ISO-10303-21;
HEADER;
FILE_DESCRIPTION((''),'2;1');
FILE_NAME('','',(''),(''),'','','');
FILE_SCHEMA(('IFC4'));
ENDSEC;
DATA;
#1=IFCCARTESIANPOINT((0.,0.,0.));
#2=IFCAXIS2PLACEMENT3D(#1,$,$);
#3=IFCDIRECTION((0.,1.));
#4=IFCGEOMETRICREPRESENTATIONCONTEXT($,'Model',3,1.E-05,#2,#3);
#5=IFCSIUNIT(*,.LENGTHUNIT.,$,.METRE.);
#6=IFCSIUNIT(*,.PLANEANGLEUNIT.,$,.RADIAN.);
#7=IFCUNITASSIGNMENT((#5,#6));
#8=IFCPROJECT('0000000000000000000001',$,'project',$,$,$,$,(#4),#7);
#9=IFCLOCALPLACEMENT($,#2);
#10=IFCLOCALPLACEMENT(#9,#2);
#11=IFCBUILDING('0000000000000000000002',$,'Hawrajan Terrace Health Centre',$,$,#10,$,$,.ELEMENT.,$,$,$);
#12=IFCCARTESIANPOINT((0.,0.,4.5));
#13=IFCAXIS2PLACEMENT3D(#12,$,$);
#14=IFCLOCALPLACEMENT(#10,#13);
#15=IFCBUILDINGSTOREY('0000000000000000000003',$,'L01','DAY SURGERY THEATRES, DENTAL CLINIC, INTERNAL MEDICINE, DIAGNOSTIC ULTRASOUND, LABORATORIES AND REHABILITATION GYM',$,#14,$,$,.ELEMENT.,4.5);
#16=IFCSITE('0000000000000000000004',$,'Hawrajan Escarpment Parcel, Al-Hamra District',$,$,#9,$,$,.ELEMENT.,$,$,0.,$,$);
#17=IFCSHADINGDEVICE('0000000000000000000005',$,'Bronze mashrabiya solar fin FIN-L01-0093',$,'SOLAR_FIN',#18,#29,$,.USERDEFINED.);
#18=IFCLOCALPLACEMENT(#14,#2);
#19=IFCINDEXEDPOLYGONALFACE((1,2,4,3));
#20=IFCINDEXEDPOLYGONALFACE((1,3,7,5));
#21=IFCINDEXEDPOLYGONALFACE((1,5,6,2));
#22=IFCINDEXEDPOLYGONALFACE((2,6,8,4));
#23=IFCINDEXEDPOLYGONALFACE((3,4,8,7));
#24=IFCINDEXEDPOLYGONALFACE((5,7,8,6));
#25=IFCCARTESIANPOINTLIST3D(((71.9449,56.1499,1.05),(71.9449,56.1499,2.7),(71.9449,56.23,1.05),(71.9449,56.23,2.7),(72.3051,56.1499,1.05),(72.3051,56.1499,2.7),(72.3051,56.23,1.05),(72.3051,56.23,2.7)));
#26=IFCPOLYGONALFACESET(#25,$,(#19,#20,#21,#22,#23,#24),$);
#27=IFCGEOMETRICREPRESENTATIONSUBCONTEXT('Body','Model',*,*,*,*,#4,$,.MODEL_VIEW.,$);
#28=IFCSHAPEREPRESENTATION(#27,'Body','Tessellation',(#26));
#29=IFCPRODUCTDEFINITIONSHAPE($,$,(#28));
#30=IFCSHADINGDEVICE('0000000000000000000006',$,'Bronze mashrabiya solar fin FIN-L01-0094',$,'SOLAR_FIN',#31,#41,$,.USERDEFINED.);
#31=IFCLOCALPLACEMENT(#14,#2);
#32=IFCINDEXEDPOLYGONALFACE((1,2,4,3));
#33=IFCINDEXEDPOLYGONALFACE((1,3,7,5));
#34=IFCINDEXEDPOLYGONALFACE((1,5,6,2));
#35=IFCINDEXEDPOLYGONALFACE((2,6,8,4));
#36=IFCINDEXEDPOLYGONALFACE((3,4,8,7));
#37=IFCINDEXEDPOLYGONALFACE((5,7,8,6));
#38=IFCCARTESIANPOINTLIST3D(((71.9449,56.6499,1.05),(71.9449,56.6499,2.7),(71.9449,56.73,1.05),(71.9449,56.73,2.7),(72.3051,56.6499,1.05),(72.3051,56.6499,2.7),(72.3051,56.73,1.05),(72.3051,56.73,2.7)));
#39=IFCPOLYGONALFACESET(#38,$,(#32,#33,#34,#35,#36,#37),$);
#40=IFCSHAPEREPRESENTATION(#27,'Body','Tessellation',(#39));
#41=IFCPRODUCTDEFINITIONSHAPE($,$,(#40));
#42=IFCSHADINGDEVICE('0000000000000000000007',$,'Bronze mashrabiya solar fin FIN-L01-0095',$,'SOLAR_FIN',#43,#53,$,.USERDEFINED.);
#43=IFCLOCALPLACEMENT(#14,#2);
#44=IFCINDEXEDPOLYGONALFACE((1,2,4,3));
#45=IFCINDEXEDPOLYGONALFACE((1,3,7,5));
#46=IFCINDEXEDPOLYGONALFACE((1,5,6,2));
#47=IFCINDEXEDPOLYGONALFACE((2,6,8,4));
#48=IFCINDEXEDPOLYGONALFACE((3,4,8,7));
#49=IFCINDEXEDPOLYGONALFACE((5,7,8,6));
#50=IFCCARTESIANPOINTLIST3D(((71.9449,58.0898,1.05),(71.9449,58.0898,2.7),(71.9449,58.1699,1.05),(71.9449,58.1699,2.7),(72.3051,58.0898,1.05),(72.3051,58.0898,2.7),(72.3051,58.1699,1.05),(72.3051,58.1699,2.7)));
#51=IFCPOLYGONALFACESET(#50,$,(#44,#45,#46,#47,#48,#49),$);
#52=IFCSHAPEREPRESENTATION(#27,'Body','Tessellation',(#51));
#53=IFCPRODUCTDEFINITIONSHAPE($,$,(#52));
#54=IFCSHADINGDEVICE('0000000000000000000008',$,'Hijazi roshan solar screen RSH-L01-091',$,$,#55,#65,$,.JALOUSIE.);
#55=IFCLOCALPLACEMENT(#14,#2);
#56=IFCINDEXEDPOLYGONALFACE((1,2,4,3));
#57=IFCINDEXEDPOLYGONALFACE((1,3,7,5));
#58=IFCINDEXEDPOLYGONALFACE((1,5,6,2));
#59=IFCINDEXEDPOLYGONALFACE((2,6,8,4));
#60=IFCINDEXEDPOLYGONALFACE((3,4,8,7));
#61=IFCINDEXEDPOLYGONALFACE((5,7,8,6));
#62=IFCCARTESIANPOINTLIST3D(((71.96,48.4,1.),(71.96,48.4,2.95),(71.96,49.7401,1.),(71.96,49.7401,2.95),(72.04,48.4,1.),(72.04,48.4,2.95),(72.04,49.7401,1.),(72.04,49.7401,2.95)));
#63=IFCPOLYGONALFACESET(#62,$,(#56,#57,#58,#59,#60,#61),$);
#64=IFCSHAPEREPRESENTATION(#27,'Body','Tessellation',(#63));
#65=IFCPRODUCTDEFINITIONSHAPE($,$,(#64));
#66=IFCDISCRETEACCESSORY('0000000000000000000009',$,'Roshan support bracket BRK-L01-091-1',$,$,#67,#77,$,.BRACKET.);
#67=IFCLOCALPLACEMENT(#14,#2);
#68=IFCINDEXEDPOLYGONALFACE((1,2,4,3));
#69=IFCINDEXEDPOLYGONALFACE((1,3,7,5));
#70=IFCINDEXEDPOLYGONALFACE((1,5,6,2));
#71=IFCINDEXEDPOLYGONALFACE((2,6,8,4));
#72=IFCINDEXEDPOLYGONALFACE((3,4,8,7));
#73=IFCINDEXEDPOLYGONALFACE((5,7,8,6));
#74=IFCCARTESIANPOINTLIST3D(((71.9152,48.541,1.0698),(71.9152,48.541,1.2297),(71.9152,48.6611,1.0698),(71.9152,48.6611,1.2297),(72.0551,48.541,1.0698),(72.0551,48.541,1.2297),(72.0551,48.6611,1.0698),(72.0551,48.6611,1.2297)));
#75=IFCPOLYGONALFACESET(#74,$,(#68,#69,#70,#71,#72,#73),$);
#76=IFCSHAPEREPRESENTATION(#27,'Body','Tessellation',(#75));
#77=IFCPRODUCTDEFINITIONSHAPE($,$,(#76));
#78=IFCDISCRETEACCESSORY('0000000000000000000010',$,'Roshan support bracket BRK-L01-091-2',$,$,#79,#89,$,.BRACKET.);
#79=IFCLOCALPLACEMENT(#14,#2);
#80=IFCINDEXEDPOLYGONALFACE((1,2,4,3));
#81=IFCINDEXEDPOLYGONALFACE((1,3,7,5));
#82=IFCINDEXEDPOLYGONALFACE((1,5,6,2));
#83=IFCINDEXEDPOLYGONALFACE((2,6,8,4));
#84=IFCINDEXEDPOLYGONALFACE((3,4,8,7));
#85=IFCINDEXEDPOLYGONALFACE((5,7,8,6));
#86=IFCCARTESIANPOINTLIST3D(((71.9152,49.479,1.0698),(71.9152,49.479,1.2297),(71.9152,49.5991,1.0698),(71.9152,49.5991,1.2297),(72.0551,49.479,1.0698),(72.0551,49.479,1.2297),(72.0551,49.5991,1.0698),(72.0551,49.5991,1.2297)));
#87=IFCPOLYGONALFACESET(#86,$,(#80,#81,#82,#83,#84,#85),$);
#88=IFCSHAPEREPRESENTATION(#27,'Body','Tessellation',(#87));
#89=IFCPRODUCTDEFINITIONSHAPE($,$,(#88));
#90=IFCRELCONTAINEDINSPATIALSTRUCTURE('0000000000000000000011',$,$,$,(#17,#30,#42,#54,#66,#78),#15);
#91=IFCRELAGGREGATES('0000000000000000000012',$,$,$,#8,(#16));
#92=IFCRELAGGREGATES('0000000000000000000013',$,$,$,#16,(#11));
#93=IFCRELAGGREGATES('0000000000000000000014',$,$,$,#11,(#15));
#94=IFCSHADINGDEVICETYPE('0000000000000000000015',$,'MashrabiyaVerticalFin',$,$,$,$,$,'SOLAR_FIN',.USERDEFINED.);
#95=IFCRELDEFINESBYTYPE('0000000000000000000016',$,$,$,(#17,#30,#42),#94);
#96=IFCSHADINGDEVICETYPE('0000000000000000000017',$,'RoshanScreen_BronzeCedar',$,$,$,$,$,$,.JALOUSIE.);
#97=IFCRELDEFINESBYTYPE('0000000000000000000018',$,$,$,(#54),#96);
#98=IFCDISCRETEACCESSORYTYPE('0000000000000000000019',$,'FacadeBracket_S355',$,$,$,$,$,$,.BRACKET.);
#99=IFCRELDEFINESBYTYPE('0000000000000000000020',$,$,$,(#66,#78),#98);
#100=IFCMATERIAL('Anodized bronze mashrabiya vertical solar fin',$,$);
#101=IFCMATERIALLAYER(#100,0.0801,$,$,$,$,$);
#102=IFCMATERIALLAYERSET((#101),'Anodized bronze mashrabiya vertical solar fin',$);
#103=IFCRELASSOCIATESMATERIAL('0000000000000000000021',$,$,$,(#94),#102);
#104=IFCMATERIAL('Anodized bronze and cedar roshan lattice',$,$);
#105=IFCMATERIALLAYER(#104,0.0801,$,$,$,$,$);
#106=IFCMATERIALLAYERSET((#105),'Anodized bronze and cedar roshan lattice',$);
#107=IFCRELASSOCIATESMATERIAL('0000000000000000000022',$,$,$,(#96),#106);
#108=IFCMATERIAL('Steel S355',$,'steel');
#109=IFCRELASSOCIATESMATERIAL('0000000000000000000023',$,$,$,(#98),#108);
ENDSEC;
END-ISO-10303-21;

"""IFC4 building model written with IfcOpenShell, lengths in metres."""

from ifc_helpers import new_model, si_unit, direction, frame, origin, origin_2d, place, context, subcontext, project, spatial, rectangle, extrude, material, layer, layer_set, type_object, element, save


model = new_model("IFC4")

# Units and contexts
model_context = context("Model", 3, precision=1e-05, world=origin(), true_north=direction((0.0, 1.0)))
body_context = subcontext(model_context, "Body", "Model", "MODEL_VIEW")
ifc_project = project(units=[si_unit("LENGTHUNIT", "METRE"), si_unit("PLANEANGLEUNIT", "RADIAN")], contexts=[model_context])

# Site, building, storey
site_placement = place(None, origin())
site = spatial("IfcSite", under=ifc_project, at=site_placement, Name="Hawrajan Escarpment Parcel, Al-Hamra District", CompositionType="ELEMENT", RefElevation=0.0)
building_placement = place(site_placement, origin())
building = spatial("IfcBuilding", under=site, at=building_placement, Name="Hawrajan Terrace Health Centre", CompositionType="ELEMENT")
storey_placement = place(building_placement, frame((0.0, 0.0, 4.5)))
storey = spatial("IfcBuildingStorey", under=building, at=storey_placement, Name="L01", Description="DAY SURGERY THEATRES, DENTAL CLINIC, INTERNAL MEDICINE, DIAGNOSTIC ULTRASOUND, LABORATORIES AND REHABILITATION GYM", CompositionType="ELEMENT", Elevation=4.5)

# Shading devices
ifc_material_1 = material(Name="Anodized bronze mashrabiya vertical solar fin")
ifc_layer_1 = layer(ifc_material_1, 0.0801)
ifc_layer_set_1 = layer_set([ifc_layer_1], Name="Anodized bronze mashrabiya vertical solar fin")
shading_device_type_1 = type_object("IfcShadingDeviceType", Name="MashrabiyaVerticalFin", ElementType="SOLAR_FIN", PredefinedType="USERDEFINED", material=ifc_layer_set_1)
for number, where, z_axis, x_axis, name in (
    (1, (72.125, 56.1899, 1.05), (0.0, 0.0, 1.0), (0.0, 1.0, 0.0), "Bronze mashrabiya solar fin FIN-L01-0093"),
    (2, (72.125, 56.6899, 1.05), (0.0, 0.0, 1.0), (0.0, 1.0, 0.0), "Bronze mashrabiya solar fin FIN-L01-0094"),
    (3, (72.125, 58.1299, 1.05), (0.0, 0.0, 1.0), (0.0, 1.0, 0.0), "Bronze mashrabiya solar fin FIN-L01-0095"),
):
    element("IfcShadingDevice", number, at=place(storey_placement, frame(where, z_axis=z_axis, x_axis=x_axis)), inside=storey, type_object=shading_device_type_1, Name=name, ObjectType="SOLAR_FIN", PredefinedType="USERDEFINED", context=body_context, shape_type="SweptSolid", body=[
        extrude(rectangle(XDim=0.0801, YDim=0.3601, at=origin_2d()), origin(), (0.0, 0.0, 1.0), 1.6499),
    ])
ifc_material_2 = material(Name="Anodized bronze and cedar roshan lattice")
ifc_layer_2 = layer(ifc_material_2, 0.0801)
ifc_layer_set_2 = layer_set([ifc_layer_2], Name="Anodized bronze and cedar roshan lattice")
shading_device_type_2 = type_object("IfcShadingDeviceType", Name="RoshanScreen_BronzeCedar", PredefinedType="JALOUSIE", material=ifc_layer_set_2)
shading_device_placement = place(storey_placement, frame((72.0, 49.0701, 1.0), z_axis=(0.0, 0.0, 1.0), x_axis=(0.0, 1.0, 0.0)))
element("IfcShadingDevice", 4, at=shading_device_placement, inside=storey, type_object=shading_device_type_2, Name="Hijazi roshan solar screen RSH-L01-091", PredefinedType="JALOUSIE", context=body_context, shape_type="SweptSolid", body=[
    extrude(rectangle(XDim=1.3401, YDim=0.0801, at=origin_2d()), origin(), (0.0, 0.0, 1.0), 1.95),
])

# Discrete accessories
ifc_material_3 = material(Name="Steel S355", Category="steel")
discrete_accessory_type = type_object("IfcDiscreteAccessoryType", Name="FacadeBracket_S355", PredefinedType="BRACKET", material=ifc_material_3)
for number, where, z_axis, x_axis, name in (
    (5, (71.9851, 48.6011, 1.0698), (0.0, 0.0, 1.0), (0.0, 1.0, 0.0), "Roshan support bracket BRK-L01-091-1"),
    (6, (71.9851, 49.5391, 1.0698), (0.0, 0.0, 1.0), (0.0, 1.0, 0.0), "Roshan support bracket BRK-L01-091-2"),
):
    element("IfcDiscreteAccessory", number, at=place(storey_placement, frame(where, z_axis=z_axis, x_axis=x_axis)), inside=storey, type_object=discrete_accessory_type, Name=name, PredefinedType="BRACKET", context=body_context, shape_type="SweptSolid", body=[
        extrude(rectangle(XDim=0.1201, YDim=0.1399, at=origin_2d()), origin(), (0.0, 0.0, 1.0), 0.1599),
    ])

save(model, "model.ifc")
